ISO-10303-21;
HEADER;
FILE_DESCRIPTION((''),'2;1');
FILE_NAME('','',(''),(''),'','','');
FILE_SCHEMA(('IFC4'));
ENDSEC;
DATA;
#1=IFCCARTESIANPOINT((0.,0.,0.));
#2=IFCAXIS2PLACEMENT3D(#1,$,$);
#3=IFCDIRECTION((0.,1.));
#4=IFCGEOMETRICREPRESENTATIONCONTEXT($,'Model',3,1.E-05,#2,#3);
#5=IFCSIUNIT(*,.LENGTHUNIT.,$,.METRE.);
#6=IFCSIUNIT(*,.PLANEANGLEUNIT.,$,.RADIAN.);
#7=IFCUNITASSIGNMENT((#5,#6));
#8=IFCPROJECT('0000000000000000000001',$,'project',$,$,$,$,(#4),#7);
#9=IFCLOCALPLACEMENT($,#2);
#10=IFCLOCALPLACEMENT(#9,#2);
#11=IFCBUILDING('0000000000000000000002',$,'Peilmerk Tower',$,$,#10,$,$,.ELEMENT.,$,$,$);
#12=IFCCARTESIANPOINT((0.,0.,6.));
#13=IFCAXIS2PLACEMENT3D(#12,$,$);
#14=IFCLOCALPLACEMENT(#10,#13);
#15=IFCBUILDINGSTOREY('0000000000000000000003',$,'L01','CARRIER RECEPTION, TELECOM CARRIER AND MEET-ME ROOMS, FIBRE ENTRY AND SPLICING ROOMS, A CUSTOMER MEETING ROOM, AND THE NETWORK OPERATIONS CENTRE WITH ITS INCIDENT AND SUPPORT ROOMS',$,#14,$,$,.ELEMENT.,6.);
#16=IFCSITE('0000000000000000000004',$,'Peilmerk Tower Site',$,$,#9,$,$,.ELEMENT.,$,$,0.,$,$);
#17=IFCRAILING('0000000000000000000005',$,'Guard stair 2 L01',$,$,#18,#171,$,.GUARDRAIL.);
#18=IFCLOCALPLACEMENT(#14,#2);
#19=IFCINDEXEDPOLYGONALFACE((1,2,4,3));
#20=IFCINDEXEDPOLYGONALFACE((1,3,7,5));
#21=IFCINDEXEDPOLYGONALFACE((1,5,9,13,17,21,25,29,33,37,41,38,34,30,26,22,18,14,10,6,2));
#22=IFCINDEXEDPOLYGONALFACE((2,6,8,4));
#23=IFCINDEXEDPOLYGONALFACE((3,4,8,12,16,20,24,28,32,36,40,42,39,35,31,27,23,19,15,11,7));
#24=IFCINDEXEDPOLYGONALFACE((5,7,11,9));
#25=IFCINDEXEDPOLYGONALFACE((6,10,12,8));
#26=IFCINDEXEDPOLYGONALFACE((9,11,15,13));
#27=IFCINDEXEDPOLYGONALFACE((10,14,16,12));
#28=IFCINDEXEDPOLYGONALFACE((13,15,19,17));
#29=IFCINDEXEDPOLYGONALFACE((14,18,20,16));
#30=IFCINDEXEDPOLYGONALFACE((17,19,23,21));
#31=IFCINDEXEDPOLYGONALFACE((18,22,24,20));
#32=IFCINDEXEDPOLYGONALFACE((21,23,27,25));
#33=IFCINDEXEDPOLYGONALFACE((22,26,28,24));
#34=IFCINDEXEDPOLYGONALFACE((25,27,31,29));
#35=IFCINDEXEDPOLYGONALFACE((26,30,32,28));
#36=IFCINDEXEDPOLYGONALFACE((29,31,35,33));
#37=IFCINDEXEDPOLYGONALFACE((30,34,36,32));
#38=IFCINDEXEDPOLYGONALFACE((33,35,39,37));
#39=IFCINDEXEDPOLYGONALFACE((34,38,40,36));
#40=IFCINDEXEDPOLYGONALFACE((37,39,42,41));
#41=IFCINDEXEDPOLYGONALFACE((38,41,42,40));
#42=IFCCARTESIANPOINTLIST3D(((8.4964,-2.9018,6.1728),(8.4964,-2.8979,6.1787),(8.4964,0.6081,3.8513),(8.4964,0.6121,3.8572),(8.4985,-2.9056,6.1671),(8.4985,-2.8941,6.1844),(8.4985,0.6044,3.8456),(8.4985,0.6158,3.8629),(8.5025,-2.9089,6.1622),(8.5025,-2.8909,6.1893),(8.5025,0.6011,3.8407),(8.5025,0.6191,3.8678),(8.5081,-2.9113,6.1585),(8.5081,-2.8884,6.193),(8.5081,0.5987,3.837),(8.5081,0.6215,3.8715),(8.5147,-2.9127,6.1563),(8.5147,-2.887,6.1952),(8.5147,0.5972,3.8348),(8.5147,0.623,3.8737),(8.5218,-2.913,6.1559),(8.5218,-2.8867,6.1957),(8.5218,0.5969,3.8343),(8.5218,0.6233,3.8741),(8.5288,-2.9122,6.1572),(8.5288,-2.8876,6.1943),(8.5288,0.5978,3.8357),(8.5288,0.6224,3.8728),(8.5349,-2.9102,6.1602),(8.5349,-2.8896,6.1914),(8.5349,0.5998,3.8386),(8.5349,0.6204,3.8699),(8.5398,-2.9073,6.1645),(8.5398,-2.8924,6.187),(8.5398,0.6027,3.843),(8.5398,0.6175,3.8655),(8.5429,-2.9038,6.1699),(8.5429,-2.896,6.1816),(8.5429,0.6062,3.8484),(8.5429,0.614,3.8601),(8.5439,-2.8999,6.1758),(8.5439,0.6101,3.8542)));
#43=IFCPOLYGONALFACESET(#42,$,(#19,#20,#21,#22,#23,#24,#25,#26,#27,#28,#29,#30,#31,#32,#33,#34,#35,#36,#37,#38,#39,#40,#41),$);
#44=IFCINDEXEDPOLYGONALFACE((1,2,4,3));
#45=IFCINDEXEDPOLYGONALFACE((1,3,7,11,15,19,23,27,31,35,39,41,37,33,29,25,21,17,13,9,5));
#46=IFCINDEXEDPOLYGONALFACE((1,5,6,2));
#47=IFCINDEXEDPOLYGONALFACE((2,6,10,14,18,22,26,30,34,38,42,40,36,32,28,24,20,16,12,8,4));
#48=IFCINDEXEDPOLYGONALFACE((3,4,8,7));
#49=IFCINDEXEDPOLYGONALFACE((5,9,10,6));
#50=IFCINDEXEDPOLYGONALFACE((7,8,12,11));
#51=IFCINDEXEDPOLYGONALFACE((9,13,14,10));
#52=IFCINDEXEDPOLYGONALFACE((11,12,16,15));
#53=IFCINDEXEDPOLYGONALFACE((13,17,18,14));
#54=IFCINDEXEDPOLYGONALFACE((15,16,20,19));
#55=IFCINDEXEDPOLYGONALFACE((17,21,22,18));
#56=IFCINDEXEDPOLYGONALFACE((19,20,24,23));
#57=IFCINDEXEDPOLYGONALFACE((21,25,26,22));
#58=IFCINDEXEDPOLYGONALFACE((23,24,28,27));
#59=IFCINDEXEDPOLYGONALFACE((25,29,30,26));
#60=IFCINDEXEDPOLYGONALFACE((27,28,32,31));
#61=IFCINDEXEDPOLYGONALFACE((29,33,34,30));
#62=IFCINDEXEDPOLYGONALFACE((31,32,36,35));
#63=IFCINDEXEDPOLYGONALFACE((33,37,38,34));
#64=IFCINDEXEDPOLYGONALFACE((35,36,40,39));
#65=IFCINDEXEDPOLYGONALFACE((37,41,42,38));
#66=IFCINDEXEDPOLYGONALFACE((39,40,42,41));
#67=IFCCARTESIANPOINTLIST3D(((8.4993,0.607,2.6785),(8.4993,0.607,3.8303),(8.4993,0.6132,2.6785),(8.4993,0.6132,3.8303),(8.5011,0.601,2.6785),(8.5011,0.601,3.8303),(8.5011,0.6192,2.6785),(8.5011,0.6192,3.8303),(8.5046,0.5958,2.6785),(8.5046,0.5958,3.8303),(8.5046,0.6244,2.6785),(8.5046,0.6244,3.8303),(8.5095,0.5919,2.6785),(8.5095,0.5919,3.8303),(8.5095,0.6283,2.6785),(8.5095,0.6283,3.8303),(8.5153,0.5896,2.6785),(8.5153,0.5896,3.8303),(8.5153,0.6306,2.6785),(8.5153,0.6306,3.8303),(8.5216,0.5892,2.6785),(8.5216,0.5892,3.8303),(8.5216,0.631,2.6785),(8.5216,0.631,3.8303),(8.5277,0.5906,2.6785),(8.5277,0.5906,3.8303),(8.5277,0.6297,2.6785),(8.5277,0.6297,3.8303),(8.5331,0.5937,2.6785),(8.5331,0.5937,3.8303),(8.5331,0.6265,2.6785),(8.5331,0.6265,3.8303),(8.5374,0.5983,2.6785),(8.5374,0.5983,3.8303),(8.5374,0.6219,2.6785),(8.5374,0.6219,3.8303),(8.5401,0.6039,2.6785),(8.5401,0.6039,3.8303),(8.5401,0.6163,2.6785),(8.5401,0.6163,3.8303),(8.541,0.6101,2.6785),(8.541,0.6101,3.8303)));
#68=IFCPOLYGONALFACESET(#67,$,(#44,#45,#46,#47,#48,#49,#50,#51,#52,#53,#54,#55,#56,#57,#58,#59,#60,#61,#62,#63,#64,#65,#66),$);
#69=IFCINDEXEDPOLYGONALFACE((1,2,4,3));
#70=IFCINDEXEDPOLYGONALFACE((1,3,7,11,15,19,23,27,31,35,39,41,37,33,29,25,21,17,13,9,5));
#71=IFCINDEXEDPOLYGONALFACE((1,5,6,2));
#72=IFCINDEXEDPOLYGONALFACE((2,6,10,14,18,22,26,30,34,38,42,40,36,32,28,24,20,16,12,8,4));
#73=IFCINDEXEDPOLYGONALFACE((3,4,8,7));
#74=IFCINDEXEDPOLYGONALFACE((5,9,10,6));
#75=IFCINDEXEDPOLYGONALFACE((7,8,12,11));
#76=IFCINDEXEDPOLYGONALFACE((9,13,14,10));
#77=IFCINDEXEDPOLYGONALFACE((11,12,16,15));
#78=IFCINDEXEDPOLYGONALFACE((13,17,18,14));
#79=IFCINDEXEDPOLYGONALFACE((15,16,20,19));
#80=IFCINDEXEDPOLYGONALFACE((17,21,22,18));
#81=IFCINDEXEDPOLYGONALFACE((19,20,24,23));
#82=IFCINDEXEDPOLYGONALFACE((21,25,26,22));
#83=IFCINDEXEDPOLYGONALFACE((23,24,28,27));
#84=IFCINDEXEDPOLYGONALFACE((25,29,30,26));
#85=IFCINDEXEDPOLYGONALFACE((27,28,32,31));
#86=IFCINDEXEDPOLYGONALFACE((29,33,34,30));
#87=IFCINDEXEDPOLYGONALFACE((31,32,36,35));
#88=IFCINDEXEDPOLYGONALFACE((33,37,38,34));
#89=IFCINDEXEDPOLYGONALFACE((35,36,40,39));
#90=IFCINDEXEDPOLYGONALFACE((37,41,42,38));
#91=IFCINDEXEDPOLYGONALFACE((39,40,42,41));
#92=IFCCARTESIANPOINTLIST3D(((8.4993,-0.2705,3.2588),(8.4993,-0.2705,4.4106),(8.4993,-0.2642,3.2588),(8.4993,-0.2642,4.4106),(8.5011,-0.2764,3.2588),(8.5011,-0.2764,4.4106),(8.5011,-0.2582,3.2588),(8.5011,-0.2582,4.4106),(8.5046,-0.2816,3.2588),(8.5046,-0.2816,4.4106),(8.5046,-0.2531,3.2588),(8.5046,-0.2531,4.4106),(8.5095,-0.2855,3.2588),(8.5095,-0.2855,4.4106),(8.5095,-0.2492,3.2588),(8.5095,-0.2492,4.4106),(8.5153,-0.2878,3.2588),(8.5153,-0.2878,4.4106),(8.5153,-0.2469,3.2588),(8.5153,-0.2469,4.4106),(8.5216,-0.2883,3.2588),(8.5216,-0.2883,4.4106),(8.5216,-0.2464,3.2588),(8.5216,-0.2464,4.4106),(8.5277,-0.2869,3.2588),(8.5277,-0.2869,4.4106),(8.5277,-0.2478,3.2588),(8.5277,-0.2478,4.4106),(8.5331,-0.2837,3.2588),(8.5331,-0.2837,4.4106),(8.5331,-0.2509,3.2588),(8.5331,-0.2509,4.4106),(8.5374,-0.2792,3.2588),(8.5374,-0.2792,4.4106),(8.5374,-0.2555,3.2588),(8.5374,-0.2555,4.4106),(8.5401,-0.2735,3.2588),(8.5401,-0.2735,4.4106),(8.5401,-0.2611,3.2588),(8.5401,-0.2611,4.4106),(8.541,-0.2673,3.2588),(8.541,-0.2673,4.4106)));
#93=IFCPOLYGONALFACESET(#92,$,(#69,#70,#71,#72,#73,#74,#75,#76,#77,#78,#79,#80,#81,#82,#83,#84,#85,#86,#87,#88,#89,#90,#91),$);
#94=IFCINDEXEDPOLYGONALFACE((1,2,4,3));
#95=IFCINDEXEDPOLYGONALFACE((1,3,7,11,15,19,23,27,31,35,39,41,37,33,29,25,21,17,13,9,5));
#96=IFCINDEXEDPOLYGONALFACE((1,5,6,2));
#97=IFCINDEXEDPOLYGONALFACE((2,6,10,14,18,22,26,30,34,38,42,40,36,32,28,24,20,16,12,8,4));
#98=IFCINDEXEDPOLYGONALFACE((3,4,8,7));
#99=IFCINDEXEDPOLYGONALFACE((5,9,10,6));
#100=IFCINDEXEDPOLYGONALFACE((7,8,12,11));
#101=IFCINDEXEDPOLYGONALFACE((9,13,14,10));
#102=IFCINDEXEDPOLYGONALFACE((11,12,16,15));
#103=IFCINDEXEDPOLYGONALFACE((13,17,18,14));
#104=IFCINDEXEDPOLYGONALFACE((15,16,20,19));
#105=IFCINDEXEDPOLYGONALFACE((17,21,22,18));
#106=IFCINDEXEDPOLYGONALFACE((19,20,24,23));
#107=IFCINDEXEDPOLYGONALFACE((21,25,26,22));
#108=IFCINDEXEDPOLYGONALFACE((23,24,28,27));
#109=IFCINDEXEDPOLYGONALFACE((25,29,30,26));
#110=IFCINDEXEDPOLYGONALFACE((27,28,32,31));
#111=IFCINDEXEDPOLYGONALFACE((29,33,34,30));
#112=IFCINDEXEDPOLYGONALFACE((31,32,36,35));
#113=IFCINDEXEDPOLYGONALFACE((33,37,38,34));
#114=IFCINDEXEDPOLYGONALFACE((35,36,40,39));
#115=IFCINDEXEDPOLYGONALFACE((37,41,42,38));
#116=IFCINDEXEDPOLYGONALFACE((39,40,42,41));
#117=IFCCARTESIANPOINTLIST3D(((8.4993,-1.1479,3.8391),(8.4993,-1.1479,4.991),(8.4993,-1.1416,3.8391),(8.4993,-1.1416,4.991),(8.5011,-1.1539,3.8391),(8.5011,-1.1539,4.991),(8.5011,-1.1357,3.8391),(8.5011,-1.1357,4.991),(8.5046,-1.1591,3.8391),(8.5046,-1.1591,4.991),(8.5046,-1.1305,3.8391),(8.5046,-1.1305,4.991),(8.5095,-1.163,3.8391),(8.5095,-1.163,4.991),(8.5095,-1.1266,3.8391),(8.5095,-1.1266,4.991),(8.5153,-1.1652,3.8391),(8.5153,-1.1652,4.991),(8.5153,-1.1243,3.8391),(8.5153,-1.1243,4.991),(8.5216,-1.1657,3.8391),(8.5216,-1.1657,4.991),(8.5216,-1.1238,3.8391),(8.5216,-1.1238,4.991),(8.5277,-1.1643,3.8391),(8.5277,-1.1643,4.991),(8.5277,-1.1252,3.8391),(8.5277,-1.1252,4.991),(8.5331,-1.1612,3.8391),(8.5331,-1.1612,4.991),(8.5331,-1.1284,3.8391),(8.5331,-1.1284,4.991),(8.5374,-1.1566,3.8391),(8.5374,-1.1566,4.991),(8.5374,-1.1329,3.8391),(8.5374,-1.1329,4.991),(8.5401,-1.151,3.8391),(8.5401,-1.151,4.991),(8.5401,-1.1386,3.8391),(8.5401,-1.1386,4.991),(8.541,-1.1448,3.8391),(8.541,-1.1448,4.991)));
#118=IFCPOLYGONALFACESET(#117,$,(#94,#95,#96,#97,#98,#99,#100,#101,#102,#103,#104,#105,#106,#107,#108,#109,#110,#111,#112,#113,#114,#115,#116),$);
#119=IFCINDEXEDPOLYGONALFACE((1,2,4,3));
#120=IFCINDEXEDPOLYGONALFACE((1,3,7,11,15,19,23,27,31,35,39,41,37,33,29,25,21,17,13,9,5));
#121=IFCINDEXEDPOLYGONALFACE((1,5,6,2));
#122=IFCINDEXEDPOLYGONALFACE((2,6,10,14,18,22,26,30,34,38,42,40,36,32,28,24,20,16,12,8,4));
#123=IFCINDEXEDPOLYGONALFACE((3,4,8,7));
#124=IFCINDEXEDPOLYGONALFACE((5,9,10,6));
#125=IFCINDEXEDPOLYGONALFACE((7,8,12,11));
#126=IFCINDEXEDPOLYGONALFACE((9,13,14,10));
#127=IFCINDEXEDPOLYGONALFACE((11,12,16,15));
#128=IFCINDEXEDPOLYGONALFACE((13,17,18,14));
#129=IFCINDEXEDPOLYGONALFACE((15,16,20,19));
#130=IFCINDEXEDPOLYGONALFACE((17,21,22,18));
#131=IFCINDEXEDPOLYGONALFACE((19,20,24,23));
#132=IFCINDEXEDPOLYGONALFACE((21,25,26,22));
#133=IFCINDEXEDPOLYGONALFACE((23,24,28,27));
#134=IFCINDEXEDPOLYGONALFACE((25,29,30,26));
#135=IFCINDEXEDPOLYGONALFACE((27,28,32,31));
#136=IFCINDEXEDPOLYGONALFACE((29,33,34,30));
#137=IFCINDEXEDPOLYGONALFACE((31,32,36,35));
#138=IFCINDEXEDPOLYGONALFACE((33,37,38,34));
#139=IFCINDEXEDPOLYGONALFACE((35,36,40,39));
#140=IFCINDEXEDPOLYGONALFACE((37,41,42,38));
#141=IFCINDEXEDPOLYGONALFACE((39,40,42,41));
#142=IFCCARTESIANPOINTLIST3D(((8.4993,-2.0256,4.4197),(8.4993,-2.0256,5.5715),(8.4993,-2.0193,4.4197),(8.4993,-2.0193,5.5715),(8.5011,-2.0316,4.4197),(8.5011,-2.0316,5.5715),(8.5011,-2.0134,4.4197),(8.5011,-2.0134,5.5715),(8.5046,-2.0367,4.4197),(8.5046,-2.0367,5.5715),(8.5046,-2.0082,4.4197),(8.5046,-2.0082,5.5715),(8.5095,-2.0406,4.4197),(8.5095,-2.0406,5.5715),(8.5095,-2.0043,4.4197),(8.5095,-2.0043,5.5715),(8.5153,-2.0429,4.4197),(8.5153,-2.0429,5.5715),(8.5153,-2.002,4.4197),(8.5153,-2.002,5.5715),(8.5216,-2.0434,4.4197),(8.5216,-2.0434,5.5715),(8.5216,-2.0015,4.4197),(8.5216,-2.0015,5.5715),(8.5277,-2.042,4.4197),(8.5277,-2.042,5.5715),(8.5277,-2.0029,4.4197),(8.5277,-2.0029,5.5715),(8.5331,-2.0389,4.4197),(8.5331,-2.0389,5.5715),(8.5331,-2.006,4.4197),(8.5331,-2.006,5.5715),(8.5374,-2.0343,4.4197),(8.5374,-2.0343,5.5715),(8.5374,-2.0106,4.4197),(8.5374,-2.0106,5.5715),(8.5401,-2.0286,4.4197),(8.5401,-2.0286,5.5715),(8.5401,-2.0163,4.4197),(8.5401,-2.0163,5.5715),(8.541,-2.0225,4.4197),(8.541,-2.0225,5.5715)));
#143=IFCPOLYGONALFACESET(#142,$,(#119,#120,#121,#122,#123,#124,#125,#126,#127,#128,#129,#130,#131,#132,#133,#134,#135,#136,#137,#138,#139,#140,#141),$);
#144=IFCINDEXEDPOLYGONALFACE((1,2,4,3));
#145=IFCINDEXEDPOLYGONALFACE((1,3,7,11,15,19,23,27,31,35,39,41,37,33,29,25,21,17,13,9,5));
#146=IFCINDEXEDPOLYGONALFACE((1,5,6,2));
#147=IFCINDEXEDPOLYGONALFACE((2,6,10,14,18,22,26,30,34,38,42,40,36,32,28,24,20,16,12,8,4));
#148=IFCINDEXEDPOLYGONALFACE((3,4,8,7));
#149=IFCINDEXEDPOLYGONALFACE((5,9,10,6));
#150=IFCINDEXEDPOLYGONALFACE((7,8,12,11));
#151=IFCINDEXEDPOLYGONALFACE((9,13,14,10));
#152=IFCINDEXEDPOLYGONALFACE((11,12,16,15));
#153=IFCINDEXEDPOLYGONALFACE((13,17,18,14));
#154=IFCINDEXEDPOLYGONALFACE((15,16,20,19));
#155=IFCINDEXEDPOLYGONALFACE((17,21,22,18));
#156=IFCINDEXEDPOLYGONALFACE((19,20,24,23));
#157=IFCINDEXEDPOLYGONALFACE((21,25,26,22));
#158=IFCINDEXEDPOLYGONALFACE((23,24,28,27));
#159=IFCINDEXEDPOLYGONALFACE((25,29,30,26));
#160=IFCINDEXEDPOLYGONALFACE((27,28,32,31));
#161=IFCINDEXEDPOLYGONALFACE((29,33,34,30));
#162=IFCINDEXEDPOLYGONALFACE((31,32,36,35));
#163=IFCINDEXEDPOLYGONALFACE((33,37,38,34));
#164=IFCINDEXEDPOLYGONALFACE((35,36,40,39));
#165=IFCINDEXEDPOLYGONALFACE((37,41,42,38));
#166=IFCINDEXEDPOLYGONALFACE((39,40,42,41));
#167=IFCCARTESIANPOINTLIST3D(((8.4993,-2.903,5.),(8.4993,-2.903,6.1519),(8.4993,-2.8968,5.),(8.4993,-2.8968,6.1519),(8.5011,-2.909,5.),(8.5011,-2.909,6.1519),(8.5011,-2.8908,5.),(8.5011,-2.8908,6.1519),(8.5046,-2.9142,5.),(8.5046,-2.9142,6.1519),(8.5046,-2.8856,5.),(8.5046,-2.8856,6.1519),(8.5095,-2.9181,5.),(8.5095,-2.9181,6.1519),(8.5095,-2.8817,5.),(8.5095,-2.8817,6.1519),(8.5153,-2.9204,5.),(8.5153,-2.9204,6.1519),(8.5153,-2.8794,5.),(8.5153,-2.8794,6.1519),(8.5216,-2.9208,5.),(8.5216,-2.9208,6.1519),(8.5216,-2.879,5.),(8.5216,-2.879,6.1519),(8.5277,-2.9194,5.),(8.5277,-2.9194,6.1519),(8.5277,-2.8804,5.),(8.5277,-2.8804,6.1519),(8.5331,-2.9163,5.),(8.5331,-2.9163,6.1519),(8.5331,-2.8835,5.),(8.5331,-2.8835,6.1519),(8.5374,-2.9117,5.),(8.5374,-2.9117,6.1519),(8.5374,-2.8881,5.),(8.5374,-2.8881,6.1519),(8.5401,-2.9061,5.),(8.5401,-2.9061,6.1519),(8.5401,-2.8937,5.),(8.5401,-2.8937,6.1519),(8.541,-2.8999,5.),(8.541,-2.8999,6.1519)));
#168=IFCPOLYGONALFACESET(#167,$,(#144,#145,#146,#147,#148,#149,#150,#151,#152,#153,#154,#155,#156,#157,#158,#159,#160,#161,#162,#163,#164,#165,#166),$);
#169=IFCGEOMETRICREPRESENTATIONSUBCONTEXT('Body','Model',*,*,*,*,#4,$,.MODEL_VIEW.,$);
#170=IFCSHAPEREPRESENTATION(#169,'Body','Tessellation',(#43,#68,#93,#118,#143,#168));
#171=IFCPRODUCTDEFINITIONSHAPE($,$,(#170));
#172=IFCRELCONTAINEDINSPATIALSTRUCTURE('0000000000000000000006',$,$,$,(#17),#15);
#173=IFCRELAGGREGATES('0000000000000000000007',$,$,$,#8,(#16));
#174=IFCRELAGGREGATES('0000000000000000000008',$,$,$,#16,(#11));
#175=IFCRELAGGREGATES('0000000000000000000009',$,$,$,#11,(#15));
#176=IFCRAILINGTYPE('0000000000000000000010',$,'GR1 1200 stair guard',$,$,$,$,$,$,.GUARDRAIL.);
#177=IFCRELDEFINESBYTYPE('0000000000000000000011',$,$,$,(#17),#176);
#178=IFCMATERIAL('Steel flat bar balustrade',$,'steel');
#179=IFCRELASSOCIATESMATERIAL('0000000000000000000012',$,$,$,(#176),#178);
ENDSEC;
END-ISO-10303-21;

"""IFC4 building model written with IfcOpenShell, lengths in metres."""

from ifc_helpers import new_model, si_unit, direction, frame, origin, origin_2d, place, context, subcontext, project, spatial, circle, extrude, material, type_object, element, save


model = new_model("IFC4")

# Units and contexts
model_context = context("Model", 3, precision=1e-05, world=origin(), true_north=direction((0.0, 1.0)))
body_context = subcontext(model_context, "Body", "Model", "MODEL_VIEW")
ifc_project = project(units=[si_unit("LENGTHUNIT", "METRE"), si_unit("PLANEANGLEUNIT", "RADIAN")], contexts=[model_context])

# Site, building, storey
site_placement = place(None, origin())
site = spatial("IfcSite", under=ifc_project, at=site_placement, Name="Peilmerk Tower Site", CompositionType="ELEMENT", RefElevation=0.0)
building_placement = place(site_placement, origin())
building = spatial("IfcBuilding", under=site, at=building_placement, Name="Peilmerk Tower", CompositionType="ELEMENT")
storey_placement = place(building_placement, frame((0.0, 0.0, 6.0)))
storey = spatial("IfcBuildingStorey", under=building, at=storey_placement, Name="L01", Description="CARRIER RECEPTION, TELECOM CARRIER AND MEET-ME ROOMS, FIBRE ENTRY AND SPLICING ROOMS, A CUSTOMER MEETING ROOM, AND THE NETWORK OPERATIONS CENTRE WITH ITS INCIDENT AND SUPPORT ROOMS", CompositionType="ELEMENT", Elevation=6.0)

# Railing
ifc_material_1 = material(Name="Steel flat bar balustrade", Category="steel")
railing_type_1 = type_object("IfcRailingType", Name="GR1 1200 stair guard", PredefinedType="GUARDRAIL", material=ifc_material_1)
railing_1_placement = place(storey_placement, frame((8.52, 0.6101, 2.6785)))
element("IfcRailing", 1, at=railing_1_placement, inside=storey, type_object=railing_type_1, Name="Guard stair 2 L01", PredefinedType="GUARDRAIL", context=body_context, shape_type="SweptSolid", body=[
    extrude(circle(Radius=0.0239, at=origin_2d()), frame((0.0, 0.0, 1.1758), z_axis=(0.0, -0.834071, 0.551657), x_axis=(1.0, 0.0, 0.0)), (0.0, 0.0, 1.0), 4.2083),
    extrude(circle(Radius=0.021, at=origin_2d()), origin(), (0.0, 0.0, 1.0), 1.1519),
    extrude(circle(Radius=0.021, at=origin_2d()), frame((0.0, -0.8774, 0.5803)), (0.0, 0.0, 1.0), 1.1519),
    extrude(circle(Radius=0.021, at=origin_2d()), frame((0.0, -1.7549, 1.1606)), (0.0, 0.0, 1.0), 1.1519),
    extrude(circle(Radius=0.021, at=origin_2d()), frame((0.0, -2.6326, 1.7412)), (0.0, 0.0, 1.0), 1.1519),
    extrude(circle(Radius=0.021, at=origin_2d()), frame((0.0, -3.51, 2.3215)), (0.0, 0.0, 1.0), 1.1519),
])

save(model, "model.ifc")
